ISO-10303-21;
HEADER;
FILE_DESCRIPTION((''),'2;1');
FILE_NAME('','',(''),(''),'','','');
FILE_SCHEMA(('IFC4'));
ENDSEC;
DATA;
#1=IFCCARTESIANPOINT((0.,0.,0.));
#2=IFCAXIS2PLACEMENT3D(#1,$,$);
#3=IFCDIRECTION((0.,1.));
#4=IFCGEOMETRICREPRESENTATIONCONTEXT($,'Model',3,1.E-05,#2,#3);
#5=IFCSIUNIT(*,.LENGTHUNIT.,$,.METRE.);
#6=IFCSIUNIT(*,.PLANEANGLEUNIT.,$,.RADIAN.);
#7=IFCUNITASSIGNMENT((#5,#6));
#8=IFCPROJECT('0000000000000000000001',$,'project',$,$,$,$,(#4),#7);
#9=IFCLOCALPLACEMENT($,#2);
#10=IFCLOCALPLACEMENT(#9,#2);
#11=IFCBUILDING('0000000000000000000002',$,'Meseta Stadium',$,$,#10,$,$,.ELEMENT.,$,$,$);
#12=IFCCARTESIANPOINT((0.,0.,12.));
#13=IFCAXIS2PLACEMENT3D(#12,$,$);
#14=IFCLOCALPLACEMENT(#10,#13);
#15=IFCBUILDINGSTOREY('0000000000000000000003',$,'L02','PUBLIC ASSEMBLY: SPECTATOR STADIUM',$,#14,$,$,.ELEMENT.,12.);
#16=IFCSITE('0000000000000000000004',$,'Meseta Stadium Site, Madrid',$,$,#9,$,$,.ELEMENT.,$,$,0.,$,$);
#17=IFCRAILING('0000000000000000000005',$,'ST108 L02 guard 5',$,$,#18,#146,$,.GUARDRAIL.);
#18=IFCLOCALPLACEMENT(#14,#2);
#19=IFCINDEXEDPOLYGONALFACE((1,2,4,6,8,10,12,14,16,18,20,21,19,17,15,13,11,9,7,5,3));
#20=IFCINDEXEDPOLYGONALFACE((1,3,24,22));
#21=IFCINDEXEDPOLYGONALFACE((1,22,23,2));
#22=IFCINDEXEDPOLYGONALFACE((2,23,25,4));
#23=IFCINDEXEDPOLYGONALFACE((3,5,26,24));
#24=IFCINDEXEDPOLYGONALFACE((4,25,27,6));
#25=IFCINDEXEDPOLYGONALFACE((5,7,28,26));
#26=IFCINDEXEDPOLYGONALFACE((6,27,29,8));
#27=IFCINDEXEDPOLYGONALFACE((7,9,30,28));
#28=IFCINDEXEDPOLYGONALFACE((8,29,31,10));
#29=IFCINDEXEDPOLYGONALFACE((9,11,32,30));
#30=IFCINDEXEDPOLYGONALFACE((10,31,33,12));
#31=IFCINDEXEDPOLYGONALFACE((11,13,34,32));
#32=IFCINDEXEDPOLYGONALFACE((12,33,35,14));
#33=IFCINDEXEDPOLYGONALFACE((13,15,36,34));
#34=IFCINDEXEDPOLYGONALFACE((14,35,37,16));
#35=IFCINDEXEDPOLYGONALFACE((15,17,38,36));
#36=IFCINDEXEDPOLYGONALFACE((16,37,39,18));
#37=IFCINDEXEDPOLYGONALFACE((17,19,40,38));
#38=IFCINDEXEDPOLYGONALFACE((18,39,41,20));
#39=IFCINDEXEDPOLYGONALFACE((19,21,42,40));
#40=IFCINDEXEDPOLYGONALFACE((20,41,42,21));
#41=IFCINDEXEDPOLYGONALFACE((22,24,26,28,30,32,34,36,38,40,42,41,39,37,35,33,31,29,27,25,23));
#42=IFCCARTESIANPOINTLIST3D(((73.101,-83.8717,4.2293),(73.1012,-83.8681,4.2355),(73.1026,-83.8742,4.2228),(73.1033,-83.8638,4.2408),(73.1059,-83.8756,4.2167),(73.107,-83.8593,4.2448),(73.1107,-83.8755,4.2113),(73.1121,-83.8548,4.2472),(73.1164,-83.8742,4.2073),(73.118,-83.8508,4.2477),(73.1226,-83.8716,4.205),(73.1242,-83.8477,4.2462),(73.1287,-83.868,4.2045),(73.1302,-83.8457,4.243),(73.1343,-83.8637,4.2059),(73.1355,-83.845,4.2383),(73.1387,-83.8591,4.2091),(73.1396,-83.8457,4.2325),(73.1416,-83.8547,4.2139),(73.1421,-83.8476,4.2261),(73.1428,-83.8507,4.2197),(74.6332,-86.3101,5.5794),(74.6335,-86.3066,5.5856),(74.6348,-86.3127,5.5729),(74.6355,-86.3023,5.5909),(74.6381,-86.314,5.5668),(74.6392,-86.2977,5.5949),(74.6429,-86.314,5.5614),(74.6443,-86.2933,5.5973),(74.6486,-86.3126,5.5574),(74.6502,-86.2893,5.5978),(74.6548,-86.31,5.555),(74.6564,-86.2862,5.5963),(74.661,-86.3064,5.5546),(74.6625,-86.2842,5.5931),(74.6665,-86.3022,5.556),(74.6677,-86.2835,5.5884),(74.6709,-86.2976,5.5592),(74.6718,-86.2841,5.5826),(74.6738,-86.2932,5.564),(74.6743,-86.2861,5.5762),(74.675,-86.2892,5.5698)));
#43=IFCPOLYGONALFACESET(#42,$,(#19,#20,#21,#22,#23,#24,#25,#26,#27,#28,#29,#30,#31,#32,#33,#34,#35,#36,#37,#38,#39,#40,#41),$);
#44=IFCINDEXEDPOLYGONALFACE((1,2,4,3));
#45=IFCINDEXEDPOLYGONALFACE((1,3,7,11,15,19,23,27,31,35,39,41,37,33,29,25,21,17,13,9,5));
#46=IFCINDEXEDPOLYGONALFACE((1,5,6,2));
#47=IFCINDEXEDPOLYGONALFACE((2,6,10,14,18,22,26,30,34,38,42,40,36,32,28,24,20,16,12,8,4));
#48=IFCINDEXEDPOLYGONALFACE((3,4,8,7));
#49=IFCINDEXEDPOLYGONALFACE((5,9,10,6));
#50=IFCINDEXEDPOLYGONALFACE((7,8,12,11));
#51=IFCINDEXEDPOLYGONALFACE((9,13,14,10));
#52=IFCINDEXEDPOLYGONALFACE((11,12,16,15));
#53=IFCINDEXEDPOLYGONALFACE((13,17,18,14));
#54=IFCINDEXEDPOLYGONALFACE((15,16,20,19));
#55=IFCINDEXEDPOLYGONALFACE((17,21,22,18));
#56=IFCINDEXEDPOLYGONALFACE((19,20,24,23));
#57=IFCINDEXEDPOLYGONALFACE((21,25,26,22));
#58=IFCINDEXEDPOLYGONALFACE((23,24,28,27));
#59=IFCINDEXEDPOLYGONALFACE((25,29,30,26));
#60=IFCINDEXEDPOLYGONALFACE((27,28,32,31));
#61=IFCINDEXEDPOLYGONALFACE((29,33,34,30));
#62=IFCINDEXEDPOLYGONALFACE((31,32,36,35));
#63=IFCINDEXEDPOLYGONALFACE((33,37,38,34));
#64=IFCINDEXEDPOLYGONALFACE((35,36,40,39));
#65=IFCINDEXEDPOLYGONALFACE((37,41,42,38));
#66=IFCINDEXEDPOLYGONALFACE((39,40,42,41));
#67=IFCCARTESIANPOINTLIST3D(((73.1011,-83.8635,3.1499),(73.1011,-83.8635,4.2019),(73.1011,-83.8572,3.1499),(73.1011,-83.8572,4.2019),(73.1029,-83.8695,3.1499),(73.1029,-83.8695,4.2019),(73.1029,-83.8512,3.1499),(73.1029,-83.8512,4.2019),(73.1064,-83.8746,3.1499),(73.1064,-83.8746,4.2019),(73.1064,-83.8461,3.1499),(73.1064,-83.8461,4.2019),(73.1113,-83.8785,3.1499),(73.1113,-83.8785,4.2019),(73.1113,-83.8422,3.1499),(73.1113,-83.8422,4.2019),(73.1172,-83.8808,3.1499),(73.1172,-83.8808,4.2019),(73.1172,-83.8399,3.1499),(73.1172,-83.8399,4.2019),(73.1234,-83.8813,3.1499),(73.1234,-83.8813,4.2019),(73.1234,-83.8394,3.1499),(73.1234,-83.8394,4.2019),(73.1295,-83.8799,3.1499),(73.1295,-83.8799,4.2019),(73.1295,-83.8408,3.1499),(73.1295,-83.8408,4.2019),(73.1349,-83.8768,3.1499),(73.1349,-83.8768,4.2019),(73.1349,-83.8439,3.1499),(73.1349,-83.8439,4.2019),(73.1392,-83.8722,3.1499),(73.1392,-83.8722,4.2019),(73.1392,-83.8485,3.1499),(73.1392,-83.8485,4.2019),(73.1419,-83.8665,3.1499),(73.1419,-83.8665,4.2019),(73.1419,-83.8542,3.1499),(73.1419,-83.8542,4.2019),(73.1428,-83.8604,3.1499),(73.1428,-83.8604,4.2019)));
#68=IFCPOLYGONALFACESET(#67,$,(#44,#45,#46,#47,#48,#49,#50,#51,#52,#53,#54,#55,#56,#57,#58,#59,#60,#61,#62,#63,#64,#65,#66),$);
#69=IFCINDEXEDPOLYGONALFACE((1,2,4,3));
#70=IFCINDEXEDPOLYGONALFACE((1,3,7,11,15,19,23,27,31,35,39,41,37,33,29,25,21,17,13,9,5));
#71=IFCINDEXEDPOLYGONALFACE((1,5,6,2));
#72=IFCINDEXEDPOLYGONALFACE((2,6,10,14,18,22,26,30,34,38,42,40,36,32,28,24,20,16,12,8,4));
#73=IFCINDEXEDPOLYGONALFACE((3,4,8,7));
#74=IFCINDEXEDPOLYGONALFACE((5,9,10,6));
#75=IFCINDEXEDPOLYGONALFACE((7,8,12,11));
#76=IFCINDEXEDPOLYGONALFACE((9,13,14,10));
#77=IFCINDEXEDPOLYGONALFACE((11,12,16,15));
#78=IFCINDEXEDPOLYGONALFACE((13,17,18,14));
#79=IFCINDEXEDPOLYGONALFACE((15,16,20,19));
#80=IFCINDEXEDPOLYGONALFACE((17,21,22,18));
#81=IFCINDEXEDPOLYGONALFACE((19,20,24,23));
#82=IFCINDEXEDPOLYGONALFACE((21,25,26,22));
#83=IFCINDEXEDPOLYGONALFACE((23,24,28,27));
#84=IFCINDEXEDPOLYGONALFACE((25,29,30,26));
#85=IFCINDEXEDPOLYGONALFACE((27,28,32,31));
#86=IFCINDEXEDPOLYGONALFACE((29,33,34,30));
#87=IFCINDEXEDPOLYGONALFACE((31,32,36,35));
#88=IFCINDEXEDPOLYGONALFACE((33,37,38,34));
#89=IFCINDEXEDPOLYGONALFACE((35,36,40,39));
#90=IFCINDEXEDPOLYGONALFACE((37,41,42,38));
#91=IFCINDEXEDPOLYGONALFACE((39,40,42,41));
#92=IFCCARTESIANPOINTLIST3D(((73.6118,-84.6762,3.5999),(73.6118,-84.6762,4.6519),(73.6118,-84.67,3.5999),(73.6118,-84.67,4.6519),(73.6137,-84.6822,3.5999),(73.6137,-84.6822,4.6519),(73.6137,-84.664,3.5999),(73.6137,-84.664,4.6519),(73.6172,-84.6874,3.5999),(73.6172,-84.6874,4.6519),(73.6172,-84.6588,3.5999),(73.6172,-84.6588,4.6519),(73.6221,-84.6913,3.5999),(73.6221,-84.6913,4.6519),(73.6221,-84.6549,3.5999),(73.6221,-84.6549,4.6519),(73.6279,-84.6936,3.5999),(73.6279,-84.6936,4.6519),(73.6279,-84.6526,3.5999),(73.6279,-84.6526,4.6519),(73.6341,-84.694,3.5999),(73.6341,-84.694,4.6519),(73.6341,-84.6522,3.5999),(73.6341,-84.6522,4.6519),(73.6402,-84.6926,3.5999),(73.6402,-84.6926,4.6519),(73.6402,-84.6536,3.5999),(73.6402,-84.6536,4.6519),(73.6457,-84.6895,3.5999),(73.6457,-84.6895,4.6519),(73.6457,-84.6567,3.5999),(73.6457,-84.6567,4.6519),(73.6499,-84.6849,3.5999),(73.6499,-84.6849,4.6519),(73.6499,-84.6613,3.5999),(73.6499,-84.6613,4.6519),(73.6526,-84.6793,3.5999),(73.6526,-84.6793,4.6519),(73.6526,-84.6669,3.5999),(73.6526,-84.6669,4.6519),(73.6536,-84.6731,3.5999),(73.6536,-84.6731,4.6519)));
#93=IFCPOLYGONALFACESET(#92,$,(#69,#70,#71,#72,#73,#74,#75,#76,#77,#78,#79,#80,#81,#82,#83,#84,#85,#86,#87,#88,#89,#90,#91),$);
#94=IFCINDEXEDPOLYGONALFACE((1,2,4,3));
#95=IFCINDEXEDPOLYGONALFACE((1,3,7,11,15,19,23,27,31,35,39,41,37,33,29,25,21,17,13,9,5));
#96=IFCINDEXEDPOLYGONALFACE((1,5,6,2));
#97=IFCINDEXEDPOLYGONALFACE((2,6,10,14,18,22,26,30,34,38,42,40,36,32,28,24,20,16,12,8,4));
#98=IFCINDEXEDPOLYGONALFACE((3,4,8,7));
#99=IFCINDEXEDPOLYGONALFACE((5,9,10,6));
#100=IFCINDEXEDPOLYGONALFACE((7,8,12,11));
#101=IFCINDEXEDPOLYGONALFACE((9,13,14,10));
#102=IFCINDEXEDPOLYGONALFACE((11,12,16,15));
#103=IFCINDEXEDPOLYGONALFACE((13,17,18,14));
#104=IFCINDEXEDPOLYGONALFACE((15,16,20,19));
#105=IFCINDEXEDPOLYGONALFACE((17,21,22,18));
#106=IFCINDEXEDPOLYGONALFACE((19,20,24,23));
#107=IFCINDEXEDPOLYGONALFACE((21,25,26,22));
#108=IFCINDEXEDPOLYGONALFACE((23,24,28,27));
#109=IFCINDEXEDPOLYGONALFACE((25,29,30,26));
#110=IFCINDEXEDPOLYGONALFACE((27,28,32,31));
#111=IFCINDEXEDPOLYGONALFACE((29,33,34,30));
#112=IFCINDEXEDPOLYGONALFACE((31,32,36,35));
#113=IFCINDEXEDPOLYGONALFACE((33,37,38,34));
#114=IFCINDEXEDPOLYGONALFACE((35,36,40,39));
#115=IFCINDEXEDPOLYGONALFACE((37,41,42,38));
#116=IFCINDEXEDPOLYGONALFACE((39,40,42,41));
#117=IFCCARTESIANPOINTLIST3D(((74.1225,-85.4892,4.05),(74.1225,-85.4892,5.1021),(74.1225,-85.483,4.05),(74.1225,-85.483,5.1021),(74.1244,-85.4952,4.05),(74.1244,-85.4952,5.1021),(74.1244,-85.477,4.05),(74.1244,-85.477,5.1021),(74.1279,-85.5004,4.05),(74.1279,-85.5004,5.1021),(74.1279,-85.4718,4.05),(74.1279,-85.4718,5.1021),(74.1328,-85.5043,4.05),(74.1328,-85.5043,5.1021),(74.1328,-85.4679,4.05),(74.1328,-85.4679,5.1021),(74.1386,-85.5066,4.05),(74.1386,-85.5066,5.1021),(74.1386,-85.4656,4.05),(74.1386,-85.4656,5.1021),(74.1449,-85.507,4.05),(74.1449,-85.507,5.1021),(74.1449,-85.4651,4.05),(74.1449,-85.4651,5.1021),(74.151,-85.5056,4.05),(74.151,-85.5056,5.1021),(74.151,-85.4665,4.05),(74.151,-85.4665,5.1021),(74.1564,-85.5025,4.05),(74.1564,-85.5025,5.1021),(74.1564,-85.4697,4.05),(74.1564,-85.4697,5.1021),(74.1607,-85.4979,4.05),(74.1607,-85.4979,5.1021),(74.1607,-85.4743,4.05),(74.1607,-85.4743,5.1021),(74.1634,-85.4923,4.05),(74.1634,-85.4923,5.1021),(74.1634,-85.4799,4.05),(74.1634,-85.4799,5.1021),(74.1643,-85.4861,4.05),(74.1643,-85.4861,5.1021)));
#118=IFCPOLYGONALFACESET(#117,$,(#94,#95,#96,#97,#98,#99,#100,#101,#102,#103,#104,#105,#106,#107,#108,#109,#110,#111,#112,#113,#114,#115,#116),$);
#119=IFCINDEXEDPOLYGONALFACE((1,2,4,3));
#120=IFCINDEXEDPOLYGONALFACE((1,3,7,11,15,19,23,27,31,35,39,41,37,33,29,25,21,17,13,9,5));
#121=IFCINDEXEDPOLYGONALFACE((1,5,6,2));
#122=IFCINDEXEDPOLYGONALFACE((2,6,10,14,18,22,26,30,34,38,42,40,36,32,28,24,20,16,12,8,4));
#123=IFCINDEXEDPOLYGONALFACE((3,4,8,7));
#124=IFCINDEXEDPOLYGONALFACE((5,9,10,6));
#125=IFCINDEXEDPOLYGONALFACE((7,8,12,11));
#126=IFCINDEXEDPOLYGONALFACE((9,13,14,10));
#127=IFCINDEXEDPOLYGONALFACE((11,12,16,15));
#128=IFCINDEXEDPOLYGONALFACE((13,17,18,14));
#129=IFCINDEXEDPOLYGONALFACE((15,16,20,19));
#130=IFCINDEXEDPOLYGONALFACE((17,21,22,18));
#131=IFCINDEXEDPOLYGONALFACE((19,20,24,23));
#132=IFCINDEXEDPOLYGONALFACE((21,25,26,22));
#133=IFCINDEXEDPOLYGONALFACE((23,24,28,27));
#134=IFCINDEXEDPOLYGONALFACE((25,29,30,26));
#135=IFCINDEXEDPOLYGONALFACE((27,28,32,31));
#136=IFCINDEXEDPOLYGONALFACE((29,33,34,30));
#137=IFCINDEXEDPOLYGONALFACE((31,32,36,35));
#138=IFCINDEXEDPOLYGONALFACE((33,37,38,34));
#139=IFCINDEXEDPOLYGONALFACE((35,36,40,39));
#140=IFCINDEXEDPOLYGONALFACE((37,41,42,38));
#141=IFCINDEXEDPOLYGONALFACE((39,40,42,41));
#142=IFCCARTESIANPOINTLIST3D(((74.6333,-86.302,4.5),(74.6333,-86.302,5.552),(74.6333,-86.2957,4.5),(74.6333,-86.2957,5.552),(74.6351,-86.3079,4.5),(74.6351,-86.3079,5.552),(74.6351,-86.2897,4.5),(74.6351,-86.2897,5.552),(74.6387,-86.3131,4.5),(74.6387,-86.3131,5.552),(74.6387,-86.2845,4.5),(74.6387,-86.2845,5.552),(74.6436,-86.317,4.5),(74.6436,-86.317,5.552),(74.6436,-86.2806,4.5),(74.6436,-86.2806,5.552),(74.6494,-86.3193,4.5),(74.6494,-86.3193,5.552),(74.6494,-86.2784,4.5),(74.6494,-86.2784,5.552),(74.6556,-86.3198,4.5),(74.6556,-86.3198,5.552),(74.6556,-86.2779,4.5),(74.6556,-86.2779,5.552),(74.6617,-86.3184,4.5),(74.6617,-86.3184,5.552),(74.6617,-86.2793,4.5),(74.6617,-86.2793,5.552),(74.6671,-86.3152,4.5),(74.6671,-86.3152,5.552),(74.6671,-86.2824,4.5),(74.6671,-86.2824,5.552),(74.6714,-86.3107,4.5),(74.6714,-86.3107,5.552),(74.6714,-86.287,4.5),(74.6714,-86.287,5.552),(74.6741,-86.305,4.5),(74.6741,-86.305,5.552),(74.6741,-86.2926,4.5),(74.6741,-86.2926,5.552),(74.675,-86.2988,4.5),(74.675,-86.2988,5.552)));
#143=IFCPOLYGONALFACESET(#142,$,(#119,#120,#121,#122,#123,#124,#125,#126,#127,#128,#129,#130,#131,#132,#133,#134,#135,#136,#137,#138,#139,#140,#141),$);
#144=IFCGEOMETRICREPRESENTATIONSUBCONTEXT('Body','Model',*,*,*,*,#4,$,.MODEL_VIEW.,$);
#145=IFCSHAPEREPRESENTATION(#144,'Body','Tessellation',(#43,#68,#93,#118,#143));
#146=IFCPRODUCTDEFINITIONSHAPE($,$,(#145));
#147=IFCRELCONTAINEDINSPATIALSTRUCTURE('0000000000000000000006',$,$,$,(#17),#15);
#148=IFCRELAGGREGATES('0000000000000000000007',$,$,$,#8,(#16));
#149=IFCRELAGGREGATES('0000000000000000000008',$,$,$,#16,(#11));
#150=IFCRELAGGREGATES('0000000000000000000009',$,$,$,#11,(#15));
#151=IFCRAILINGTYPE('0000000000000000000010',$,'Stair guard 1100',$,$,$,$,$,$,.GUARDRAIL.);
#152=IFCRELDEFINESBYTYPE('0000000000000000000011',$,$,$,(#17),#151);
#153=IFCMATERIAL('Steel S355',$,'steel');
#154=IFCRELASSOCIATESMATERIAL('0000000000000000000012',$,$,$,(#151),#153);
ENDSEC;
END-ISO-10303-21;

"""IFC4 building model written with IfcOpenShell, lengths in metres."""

from ifc_helpers import new_model, si_unit, direction, frame, origin, origin_2d, place, context, subcontext, project, spatial, circle, extrude, material, type_object, element, save


model = new_model("IFC4")

# Units and contexts
model_context = context("Model", 3, precision=1e-05, world=origin(), true_north=direction((0.0, 1.0)))
body_context = subcontext(model_context, "Body", "Model", "MODEL_VIEW")
ifc_project = project(units=[si_unit("LENGTHUNIT", "METRE"), si_unit("PLANEANGLEUNIT", "RADIAN")], contexts=[model_context])

# Site, building, storey
site_placement = place(None, origin())
site = spatial("IfcSite", under=ifc_project, at=site_placement, Name="Meseta Stadium Site, Madrid", CompositionType="ELEMENT", RefElevation=0.0)
building_placement = place(site_placement, origin())
building = spatial("IfcBuilding", under=site, at=building_placement, Name="Meseta Stadium", CompositionType="ELEMENT")
storey_placement = place(building_placement, frame((0.0, 0.0, 12.0)))
storey = spatial("IfcBuildingStorey", under=building, at=storey_placement, Name="L02", Description="PUBLIC ASSEMBLY: SPECTATOR STADIUM", CompositionType="ELEMENT", Elevation=12.0)

# Railing
ifc_material_1 = material(Name="Steel S355", Category="steel")
railing_type_1 = type_object("IfcRailingType", Name="Stair guard 1100", PredefinedType="GUARDRAIL", material=ifc_material_1)
railing_1_placement = place(storey_placement, frame((73.1218, -83.8604, 3.1499)))
element("IfcRailing", 1, at=railing_1_placement, inside=storey, type_object=railing_type_1, Name="ST108 L02 guard 5", PredefinedType="GUARDRAIL", context=body_context, shape_type="SweptSolid", body=[
    extrude(circle(Radius=0.0239, at=origin_2d()), frame((0.0, 0.0, 1.0762), z_axis=(0.481731, -0.766655, 0.42447), x_axis=(0.846719, 0.53204, 0.0)), (0.0, 0.0, 1.0), 3.1807),
    extrude(circle(Radius=0.021, at=origin_2d()), origin(), (0.0, 0.0, 1.0), 1.052),
    extrude(circle(Radius=0.021, at=origin_2d()), frame((0.5107, -0.8127, 0.45)), (0.0, 0.0, 1.0), 1.052),
    extrude(circle(Radius=0.021, at=origin_2d()), frame((1.0215, -1.6257, 0.9001)), (0.0, 0.0, 1.0), 1.052),
    extrude(circle(Radius=0.021, at=origin_2d()), frame((1.5322, -2.4385, 1.3501)), (0.0, 0.0, 1.0), 1.052),
])

save(model, "model.ifc")
